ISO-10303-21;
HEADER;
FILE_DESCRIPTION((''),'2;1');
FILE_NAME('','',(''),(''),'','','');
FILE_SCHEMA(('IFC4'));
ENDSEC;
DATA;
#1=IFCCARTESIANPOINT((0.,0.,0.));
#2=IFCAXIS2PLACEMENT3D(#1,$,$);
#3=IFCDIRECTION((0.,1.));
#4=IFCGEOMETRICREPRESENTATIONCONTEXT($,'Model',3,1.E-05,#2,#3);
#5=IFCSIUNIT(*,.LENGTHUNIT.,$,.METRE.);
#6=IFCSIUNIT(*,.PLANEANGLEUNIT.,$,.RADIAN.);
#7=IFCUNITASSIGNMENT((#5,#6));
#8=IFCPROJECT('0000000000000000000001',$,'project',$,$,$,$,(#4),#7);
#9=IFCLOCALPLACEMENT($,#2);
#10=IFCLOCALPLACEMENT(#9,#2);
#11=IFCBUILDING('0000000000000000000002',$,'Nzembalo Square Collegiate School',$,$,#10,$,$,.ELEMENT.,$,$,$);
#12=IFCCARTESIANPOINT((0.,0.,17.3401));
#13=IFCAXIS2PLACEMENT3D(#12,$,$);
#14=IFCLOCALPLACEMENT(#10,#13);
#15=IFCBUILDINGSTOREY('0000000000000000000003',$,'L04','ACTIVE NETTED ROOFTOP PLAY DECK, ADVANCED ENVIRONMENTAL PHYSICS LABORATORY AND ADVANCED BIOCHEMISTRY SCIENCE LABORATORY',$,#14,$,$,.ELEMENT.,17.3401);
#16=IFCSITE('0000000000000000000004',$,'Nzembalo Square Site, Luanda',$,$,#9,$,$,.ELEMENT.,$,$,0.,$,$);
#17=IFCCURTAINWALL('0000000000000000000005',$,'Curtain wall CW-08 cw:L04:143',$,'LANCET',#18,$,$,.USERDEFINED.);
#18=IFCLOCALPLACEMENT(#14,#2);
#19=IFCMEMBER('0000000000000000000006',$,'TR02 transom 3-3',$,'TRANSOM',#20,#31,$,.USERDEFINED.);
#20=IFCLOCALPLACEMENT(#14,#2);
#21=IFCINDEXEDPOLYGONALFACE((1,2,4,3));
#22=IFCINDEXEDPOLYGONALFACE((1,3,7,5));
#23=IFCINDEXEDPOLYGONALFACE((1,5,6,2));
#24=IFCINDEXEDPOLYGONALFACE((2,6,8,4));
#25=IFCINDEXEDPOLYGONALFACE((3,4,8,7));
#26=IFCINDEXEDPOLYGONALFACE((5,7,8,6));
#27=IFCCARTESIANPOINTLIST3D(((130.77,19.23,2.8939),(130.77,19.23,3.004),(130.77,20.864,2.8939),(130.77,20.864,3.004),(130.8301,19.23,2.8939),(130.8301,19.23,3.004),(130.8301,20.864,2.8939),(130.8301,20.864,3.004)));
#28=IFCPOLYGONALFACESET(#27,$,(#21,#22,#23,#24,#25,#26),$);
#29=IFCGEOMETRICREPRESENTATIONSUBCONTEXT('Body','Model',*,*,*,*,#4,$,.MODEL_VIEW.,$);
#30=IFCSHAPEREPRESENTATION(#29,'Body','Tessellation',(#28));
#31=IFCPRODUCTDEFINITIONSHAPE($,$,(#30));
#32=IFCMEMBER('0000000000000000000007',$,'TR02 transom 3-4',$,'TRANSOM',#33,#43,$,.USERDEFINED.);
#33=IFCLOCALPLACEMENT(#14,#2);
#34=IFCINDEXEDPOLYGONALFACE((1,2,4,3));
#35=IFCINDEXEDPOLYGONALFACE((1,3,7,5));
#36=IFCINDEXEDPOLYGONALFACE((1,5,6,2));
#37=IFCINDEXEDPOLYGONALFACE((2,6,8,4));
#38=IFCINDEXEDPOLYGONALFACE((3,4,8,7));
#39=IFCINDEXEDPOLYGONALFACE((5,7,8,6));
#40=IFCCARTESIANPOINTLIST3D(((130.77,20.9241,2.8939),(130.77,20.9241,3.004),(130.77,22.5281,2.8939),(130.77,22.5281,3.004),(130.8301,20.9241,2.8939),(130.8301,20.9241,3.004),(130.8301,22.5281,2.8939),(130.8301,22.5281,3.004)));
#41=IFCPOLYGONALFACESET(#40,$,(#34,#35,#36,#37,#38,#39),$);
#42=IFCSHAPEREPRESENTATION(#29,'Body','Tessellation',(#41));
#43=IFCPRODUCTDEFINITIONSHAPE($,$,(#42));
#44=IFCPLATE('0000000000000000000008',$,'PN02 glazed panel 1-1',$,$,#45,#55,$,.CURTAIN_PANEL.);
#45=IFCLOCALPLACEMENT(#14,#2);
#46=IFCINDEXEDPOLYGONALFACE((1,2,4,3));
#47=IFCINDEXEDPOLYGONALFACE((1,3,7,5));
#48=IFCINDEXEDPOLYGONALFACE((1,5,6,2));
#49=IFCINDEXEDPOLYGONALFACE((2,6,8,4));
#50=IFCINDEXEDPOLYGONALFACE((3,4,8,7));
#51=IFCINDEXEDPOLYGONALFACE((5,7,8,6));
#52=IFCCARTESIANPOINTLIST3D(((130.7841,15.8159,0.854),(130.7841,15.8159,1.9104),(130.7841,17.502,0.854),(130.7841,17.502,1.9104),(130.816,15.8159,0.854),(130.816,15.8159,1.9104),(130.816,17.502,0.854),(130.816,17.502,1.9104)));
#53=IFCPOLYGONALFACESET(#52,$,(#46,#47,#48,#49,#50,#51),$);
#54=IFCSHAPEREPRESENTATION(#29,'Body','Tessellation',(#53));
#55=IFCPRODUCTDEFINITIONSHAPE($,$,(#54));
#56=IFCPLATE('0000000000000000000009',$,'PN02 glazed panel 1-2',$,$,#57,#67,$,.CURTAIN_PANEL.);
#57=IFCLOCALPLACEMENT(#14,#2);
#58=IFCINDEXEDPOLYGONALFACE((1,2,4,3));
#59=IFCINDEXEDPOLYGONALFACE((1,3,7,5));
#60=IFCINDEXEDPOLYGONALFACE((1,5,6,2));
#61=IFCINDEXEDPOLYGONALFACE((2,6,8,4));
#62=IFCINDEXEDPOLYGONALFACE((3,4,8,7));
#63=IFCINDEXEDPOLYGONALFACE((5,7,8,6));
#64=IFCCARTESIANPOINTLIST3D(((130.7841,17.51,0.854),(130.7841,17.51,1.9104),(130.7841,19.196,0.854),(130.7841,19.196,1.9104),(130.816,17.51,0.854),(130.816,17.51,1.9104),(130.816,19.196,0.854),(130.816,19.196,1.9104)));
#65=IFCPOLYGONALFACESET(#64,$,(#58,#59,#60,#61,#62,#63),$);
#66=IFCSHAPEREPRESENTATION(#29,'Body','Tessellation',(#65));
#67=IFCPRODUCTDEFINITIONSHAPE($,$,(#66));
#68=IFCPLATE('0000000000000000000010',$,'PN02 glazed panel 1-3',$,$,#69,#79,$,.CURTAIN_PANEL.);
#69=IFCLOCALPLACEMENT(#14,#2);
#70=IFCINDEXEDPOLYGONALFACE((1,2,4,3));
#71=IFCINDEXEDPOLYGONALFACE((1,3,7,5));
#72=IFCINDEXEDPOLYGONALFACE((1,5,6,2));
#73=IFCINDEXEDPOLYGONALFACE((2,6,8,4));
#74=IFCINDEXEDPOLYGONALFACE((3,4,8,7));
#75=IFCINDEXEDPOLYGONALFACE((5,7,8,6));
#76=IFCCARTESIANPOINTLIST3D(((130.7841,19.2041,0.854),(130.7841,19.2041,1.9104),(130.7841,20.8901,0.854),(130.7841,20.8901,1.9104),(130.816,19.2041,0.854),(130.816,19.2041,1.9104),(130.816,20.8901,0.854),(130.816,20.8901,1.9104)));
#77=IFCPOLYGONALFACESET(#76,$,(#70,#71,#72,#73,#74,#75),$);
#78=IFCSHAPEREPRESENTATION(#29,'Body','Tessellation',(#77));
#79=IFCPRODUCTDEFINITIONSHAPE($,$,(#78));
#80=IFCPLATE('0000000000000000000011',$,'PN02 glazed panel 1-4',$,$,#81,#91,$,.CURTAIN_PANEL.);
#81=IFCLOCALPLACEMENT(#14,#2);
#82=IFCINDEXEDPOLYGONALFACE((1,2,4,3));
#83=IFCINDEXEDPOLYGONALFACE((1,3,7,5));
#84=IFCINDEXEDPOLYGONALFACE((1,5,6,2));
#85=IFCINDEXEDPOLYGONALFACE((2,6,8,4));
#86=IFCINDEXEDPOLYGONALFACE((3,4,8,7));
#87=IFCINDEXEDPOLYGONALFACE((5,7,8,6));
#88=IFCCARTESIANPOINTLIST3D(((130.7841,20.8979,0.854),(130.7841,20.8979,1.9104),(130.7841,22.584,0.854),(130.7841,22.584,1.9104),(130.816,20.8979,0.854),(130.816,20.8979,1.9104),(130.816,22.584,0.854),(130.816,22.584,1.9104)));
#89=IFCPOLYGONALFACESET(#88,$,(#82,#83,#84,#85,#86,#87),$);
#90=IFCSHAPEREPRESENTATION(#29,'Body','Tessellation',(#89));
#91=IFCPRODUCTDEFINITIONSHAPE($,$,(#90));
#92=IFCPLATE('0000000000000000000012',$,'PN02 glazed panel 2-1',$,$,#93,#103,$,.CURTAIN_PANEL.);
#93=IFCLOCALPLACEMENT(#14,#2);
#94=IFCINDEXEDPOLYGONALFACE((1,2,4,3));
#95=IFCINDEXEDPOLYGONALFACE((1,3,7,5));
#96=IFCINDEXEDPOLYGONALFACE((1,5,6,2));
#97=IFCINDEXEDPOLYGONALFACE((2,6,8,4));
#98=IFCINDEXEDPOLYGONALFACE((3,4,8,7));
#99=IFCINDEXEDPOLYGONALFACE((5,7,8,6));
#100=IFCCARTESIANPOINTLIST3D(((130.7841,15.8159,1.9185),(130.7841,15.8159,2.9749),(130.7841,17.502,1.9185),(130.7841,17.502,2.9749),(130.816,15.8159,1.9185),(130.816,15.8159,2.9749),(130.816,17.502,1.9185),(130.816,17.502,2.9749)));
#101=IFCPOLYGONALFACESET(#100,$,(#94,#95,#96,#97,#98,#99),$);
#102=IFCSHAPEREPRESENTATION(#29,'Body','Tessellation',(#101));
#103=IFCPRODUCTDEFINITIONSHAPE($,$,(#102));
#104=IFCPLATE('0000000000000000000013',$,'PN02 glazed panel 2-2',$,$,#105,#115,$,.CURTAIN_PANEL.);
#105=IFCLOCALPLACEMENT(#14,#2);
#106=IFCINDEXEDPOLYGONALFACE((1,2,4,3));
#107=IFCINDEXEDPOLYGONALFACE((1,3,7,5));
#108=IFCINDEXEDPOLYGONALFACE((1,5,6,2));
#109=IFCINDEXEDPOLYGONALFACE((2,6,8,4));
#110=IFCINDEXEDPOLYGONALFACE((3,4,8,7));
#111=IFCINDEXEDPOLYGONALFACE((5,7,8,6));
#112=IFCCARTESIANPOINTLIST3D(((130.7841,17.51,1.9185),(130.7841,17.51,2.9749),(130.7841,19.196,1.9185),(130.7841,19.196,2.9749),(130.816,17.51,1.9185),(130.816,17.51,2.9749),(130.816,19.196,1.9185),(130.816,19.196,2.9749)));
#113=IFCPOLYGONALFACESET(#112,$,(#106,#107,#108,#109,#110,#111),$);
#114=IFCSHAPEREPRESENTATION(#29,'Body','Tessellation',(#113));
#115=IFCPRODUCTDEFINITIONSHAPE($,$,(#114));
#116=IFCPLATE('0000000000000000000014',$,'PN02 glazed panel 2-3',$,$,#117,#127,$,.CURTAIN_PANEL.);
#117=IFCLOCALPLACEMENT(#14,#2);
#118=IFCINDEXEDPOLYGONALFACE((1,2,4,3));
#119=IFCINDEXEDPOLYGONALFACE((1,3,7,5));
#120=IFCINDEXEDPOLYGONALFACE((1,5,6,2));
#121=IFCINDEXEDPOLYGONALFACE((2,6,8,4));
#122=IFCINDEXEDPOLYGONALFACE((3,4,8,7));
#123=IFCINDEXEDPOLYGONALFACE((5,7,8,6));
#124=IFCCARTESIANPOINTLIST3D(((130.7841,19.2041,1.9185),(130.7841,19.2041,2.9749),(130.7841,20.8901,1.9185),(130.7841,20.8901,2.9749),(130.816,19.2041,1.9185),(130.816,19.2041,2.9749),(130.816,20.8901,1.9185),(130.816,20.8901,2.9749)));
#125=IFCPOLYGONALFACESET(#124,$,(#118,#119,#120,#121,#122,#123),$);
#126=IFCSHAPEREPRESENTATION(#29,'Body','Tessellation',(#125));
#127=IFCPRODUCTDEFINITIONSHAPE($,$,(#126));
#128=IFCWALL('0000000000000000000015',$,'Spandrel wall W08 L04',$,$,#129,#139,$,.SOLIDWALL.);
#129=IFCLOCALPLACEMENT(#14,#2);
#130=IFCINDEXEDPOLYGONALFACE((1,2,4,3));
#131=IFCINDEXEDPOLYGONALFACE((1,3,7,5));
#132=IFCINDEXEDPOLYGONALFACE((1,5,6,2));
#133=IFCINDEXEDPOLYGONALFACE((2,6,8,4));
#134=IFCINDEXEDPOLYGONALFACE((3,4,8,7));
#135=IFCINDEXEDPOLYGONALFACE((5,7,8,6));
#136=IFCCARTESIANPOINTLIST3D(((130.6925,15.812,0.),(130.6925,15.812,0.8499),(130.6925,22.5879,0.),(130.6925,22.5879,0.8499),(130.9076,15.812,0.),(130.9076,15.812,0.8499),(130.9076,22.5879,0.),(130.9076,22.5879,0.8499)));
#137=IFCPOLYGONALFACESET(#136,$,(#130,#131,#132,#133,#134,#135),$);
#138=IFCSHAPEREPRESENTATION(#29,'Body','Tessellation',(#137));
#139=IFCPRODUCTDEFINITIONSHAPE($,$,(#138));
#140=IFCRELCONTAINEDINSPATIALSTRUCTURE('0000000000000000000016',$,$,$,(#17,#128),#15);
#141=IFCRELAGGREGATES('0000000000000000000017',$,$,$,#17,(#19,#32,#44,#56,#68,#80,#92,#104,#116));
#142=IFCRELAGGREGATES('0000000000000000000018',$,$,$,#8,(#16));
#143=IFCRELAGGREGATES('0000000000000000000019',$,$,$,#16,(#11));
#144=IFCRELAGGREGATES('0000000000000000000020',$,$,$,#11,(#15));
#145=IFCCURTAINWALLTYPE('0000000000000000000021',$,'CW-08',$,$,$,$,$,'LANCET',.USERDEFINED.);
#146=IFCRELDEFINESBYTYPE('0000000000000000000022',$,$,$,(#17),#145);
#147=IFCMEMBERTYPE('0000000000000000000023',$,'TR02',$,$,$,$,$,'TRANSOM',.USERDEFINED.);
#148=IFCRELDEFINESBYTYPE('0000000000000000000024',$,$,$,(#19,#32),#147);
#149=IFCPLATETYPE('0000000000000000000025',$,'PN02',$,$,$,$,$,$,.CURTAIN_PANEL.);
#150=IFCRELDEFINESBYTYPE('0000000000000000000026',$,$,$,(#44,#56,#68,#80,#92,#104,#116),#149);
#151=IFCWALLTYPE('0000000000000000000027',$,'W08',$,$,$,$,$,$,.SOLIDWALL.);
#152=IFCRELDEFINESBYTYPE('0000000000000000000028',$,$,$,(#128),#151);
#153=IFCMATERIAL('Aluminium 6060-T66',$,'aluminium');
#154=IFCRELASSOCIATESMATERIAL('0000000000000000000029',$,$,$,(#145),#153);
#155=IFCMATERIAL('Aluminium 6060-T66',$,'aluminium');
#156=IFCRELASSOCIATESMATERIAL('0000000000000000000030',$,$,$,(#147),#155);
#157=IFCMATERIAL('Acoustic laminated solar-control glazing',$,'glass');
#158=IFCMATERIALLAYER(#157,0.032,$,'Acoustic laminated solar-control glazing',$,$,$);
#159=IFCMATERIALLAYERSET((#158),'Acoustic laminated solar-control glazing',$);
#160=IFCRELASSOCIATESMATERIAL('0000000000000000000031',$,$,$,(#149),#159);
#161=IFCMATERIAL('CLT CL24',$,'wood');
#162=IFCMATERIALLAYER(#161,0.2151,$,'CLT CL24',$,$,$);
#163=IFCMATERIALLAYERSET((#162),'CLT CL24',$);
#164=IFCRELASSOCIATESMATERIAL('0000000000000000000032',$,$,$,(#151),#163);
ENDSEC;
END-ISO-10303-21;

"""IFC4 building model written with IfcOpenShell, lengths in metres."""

from ifc_helpers import new_model, si_unit, direction, frame, frame_2d, origin, origin_2d, place, context, subcontext, project, spatial, rectangle, extrude, material, layer, layer_set, material_profile, profile_set, type_object, element, aggregate, save


model = new_model("IFC4")

# Units and contexts
model_context = context("Model", 3, precision=1e-05, world=origin(), true_north=direction((0.0, 1.0)))
body_context = subcontext(model_context, "Body", "Model", "MODEL_VIEW")
ifc_project = project(units=[si_unit("LENGTHUNIT", "METRE"), si_unit("PLANEANGLEUNIT", "RADIAN")], contexts=[model_context])

# Site, building, storey
site_placement = place(None, origin())
site = spatial("IfcSite", under=ifc_project, at=site_placement, Name="Nzembalo Square Site, Luanda", CompositionType="ELEMENT", RefElevation=0.0)
building_placement = place(site_placement, origin())
building = spatial("IfcBuilding", under=site, at=building_placement, Name="Nzembalo Square Collegiate School", CompositionType="ELEMENT")
storey_placement = place(building_placement, frame((0.0, 0.0, 17.3401)))
storey = spatial("IfcBuildingStorey", under=building, at=storey_placement, Name="L04", Description="ACTIVE NETTED ROOFTOP PLAY DECK, ADVANCED ENVIRONMENTAL PHYSICS LABORATORY AND ADVANCED BIOCHEMISTRY SCIENCE LABORATORY", CompositionType="ELEMENT", Elevation=17.3401)

# Curtain wall, members, plates
ifc_material_1 = material(Name="Aluminium 6060-T66", Category="aluminium")
curtain_wall_type_1 = type_object("IfcCurtainWallType", Name="CW-08", ElementType="LANCET", PredefinedType="USERDEFINED", material=ifc_material_1)
curtain_wall_1_placement = place(storey_placement, origin())
curtain_wall_1 = element("IfcCurtainWall", 1, at=curtain_wall_1_placement, inside=storey, type_object=curtain_wall_type_1, Name="Curtain wall CW-08 cw:L04:143", ObjectType="LANCET", PredefinedType="USERDEFINED")
ifc_material_2 = material(Name="Aluminium 6060-T66", Category="aluminium")
ifc_material_profile_1 = material_profile(ifc_material_2, rectangle(XDim=0.0601, YDim=0.1101, at=origin_2d()), Name="ALU T60x110")
ifc_profile_set_1 = profile_set([ifc_material_profile_1], Name="Aluminium 6060-T66")
member_type_1 = type_object("IfcMemberType", Name="TR02", ElementType="TRANSOM", PredefinedType="USERDEFINED", material=ifc_profile_set_1)
member_1_placement = place(storey_placement, frame((130.8, 19.23, 2.949), z_axis=(0.0, 1.0, 0.0), x_axis=(-1.0, 0.0, 0.0)))
member_1 = element("IfcMember", 2, at=member_1_placement, type_object=member_type_1, Name="TR02 transom 3-3", ObjectType="TRANSOM", PredefinedType="USERDEFINED", context=body_context, shape_type="SweptSolid", body=[
    extrude(rectangle(XDim=0.0601, YDim=0.1101, at=origin_2d()), origin(), (0.0, 0.0, 1.0), 1.634),
])
member_2_placement = place(storey_placement, frame((130.8, 20.9241, 2.949), z_axis=(0.0, 1.0, 0.0), x_axis=(-1.0, 0.0, 0.0)))
member_2 = element("IfcMember", 3, at=member_2_placement, type_object=member_type_1, Name="TR02 transom 3-4", ObjectType="TRANSOM", PredefinedType="USERDEFINED", context=body_context, shape_type="SweptSolid", body=[
    extrude(rectangle(XDim=0.0601, YDim=0.1101, at=origin_2d()), origin(), (0.0, 0.0, 1.0), 1.604),
])
ifc_material_3 = material(Name="Acoustic laminated solar-control glazing", Category="glass")
ifc_layer_1 = layer(ifc_material_3, 0.032, Name="Acoustic laminated solar-control glazing")
ifc_layer_set_1 = layer_set([ifc_layer_1], Name="Acoustic laminated solar-control glazing")
plate_type = type_object("IfcPlateType", Name="PN02", PredefinedType="CURTAIN_PANEL", material=ifc_layer_set_1)
plate_1_placement = place(storey_placement, frame((130.8, 16.6589, 0.854), z_axis=(0.0, 0.0, 1.0), x_axis=(0.0, 1.0, 0.0)))
plate_1 = element("IfcPlate", 4, at=plate_1_placement, type_object=plate_type, Name="PN02 glazed panel 1-1", PredefinedType="CURTAIN_PANEL", context=body_context, shape_type="SweptSolid", body=[
    extrude(rectangle(XDim=1.686, YDim=0.032, at=origin_2d()), origin(), (0.0, 0.0, 1.0), 1.0564),
])
plate_2_placement = place(storey_placement, frame((130.8, 18.353, 0.854), z_axis=(0.0, 0.0, 1.0), x_axis=(0.0, 1.0, 0.0)))
plate_2 = element("IfcPlate", 5, at=plate_2_placement, type_object=plate_type, Name="PN02 glazed panel 1-2", PredefinedType="CURTAIN_PANEL", context=body_context, shape_type="SweptSolid", body=[
    extrude(rectangle(XDim=1.686, YDim=0.032, at=origin_2d()), origin(), (0.0, 0.0, 1.0), 1.0564),
])
plate_3_placement = place(storey_placement, frame((130.8, 20.0471, 0.854), z_axis=(0.0, 0.0, 1.0), x_axis=(0.0, 1.0, 0.0)))
plate_3 = element("IfcPlate", 6, at=plate_3_placement, type_object=plate_type, Name="PN02 glazed panel 1-3", PredefinedType="CURTAIN_PANEL", context=body_context, shape_type="SweptSolid", body=[
    extrude(rectangle(XDim=1.686, YDim=0.032, at=origin_2d()), origin(), (0.0, 0.0, 1.0), 1.0564),
])
plate_4_placement = place(storey_placement, frame((130.8, 21.741, 0.854), z_axis=(0.0, 0.0, 1.0), x_axis=(0.0, 1.0, 0.0)))
plate_4 = element("IfcPlate", 7, at=plate_4_placement, type_object=plate_type, Name="PN02 glazed panel 1-4", PredefinedType="CURTAIN_PANEL", context=body_context, shape_type="SweptSolid", body=[
    extrude(rectangle(XDim=1.686, YDim=0.032, at=origin_2d()), origin(), (0.0, 0.0, 1.0), 1.0564),
])
plate_5_placement = place(storey_placement, frame((130.8, 16.6589, 1.9185), z_axis=(0.0, 0.0, 1.0), x_axis=(0.0, 1.0, 0.0)))
plate_5 = element("IfcPlate", 8, at=plate_5_placement, type_object=plate_type, Name="PN02 glazed panel 2-1", PredefinedType="CURTAIN_PANEL", context=body_context, shape_type="SweptSolid", body=[
    extrude(rectangle(XDim=1.686, YDim=0.032, at=origin_2d()), origin(), (0.0, 0.0, 1.0), 1.0564),
])
plate_6_placement = place(storey_placement, frame((130.8, 18.353, 1.9185), z_axis=(0.0, 0.0, 1.0), x_axis=(0.0, 1.0, 0.0)))
plate_6 = element("IfcPlate", 9, at=plate_6_placement, type_object=plate_type, Name="PN02 glazed panel 2-2", PredefinedType="CURTAIN_PANEL", context=body_context, shape_type="SweptSolid", body=[
    extrude(rectangle(XDim=1.686, YDim=0.032, at=origin_2d()), origin(), (0.0, 0.0, 1.0), 1.0564),
])
plate_7_placement = place(storey_placement, frame((130.8, 20.0471, 1.9185), z_axis=(0.0, 0.0, 1.0), x_axis=(0.0, 1.0, 0.0)))
plate_7 = element("IfcPlate", 10, at=plate_7_placement, type_object=plate_type, Name="PN02 glazed panel 2-3", PredefinedType="CURTAIN_PANEL", context=body_context, shape_type="SweptSolid", body=[
    extrude(rectangle(XDim=1.686, YDim=0.032, at=origin_2d()), origin(), (0.0, 0.0, 1.0), 1.0564),
])
aggregate(curtain_wall_1, [member_1, member_2, plate_1, plate_2, plate_3, plate_4, plate_5, plate_6, plate_7])

# Wall
ifc_material_4 = material(Name="CLT CL24", Category="wood")
ifc_layer_2 = layer(ifc_material_4, 0.2151, Name="CLT CL24")
ifc_layer_set_2 = layer_set([ifc_layer_2], Name="CLT CL24")
wall_type = type_object("IfcWallType", Name="W08", PredefinedType="SOLIDWALL", material=ifc_layer_set_2)
wall_placement = place(storey_placement, frame((130.8, 15.812, 0.0), z_axis=(0.0, 0.0, 1.0), x_axis=(0.0, 1.0, 0.0)))
element("IfcWall", 11, at=wall_placement, inside=storey, type_object=wall_type, Name="Spandrel wall W08 L04", PredefinedType="SOLIDWALL", context=body_context, shape_type="SweptSolid", body=[
    extrude(rectangle(XDim=6.7759, YDim=0.2151, at=frame_2d((3.3879, 0.0))), origin(), (0.0, 0.0, 1.0), 0.8499),
])

save(model, "model.ifc")
